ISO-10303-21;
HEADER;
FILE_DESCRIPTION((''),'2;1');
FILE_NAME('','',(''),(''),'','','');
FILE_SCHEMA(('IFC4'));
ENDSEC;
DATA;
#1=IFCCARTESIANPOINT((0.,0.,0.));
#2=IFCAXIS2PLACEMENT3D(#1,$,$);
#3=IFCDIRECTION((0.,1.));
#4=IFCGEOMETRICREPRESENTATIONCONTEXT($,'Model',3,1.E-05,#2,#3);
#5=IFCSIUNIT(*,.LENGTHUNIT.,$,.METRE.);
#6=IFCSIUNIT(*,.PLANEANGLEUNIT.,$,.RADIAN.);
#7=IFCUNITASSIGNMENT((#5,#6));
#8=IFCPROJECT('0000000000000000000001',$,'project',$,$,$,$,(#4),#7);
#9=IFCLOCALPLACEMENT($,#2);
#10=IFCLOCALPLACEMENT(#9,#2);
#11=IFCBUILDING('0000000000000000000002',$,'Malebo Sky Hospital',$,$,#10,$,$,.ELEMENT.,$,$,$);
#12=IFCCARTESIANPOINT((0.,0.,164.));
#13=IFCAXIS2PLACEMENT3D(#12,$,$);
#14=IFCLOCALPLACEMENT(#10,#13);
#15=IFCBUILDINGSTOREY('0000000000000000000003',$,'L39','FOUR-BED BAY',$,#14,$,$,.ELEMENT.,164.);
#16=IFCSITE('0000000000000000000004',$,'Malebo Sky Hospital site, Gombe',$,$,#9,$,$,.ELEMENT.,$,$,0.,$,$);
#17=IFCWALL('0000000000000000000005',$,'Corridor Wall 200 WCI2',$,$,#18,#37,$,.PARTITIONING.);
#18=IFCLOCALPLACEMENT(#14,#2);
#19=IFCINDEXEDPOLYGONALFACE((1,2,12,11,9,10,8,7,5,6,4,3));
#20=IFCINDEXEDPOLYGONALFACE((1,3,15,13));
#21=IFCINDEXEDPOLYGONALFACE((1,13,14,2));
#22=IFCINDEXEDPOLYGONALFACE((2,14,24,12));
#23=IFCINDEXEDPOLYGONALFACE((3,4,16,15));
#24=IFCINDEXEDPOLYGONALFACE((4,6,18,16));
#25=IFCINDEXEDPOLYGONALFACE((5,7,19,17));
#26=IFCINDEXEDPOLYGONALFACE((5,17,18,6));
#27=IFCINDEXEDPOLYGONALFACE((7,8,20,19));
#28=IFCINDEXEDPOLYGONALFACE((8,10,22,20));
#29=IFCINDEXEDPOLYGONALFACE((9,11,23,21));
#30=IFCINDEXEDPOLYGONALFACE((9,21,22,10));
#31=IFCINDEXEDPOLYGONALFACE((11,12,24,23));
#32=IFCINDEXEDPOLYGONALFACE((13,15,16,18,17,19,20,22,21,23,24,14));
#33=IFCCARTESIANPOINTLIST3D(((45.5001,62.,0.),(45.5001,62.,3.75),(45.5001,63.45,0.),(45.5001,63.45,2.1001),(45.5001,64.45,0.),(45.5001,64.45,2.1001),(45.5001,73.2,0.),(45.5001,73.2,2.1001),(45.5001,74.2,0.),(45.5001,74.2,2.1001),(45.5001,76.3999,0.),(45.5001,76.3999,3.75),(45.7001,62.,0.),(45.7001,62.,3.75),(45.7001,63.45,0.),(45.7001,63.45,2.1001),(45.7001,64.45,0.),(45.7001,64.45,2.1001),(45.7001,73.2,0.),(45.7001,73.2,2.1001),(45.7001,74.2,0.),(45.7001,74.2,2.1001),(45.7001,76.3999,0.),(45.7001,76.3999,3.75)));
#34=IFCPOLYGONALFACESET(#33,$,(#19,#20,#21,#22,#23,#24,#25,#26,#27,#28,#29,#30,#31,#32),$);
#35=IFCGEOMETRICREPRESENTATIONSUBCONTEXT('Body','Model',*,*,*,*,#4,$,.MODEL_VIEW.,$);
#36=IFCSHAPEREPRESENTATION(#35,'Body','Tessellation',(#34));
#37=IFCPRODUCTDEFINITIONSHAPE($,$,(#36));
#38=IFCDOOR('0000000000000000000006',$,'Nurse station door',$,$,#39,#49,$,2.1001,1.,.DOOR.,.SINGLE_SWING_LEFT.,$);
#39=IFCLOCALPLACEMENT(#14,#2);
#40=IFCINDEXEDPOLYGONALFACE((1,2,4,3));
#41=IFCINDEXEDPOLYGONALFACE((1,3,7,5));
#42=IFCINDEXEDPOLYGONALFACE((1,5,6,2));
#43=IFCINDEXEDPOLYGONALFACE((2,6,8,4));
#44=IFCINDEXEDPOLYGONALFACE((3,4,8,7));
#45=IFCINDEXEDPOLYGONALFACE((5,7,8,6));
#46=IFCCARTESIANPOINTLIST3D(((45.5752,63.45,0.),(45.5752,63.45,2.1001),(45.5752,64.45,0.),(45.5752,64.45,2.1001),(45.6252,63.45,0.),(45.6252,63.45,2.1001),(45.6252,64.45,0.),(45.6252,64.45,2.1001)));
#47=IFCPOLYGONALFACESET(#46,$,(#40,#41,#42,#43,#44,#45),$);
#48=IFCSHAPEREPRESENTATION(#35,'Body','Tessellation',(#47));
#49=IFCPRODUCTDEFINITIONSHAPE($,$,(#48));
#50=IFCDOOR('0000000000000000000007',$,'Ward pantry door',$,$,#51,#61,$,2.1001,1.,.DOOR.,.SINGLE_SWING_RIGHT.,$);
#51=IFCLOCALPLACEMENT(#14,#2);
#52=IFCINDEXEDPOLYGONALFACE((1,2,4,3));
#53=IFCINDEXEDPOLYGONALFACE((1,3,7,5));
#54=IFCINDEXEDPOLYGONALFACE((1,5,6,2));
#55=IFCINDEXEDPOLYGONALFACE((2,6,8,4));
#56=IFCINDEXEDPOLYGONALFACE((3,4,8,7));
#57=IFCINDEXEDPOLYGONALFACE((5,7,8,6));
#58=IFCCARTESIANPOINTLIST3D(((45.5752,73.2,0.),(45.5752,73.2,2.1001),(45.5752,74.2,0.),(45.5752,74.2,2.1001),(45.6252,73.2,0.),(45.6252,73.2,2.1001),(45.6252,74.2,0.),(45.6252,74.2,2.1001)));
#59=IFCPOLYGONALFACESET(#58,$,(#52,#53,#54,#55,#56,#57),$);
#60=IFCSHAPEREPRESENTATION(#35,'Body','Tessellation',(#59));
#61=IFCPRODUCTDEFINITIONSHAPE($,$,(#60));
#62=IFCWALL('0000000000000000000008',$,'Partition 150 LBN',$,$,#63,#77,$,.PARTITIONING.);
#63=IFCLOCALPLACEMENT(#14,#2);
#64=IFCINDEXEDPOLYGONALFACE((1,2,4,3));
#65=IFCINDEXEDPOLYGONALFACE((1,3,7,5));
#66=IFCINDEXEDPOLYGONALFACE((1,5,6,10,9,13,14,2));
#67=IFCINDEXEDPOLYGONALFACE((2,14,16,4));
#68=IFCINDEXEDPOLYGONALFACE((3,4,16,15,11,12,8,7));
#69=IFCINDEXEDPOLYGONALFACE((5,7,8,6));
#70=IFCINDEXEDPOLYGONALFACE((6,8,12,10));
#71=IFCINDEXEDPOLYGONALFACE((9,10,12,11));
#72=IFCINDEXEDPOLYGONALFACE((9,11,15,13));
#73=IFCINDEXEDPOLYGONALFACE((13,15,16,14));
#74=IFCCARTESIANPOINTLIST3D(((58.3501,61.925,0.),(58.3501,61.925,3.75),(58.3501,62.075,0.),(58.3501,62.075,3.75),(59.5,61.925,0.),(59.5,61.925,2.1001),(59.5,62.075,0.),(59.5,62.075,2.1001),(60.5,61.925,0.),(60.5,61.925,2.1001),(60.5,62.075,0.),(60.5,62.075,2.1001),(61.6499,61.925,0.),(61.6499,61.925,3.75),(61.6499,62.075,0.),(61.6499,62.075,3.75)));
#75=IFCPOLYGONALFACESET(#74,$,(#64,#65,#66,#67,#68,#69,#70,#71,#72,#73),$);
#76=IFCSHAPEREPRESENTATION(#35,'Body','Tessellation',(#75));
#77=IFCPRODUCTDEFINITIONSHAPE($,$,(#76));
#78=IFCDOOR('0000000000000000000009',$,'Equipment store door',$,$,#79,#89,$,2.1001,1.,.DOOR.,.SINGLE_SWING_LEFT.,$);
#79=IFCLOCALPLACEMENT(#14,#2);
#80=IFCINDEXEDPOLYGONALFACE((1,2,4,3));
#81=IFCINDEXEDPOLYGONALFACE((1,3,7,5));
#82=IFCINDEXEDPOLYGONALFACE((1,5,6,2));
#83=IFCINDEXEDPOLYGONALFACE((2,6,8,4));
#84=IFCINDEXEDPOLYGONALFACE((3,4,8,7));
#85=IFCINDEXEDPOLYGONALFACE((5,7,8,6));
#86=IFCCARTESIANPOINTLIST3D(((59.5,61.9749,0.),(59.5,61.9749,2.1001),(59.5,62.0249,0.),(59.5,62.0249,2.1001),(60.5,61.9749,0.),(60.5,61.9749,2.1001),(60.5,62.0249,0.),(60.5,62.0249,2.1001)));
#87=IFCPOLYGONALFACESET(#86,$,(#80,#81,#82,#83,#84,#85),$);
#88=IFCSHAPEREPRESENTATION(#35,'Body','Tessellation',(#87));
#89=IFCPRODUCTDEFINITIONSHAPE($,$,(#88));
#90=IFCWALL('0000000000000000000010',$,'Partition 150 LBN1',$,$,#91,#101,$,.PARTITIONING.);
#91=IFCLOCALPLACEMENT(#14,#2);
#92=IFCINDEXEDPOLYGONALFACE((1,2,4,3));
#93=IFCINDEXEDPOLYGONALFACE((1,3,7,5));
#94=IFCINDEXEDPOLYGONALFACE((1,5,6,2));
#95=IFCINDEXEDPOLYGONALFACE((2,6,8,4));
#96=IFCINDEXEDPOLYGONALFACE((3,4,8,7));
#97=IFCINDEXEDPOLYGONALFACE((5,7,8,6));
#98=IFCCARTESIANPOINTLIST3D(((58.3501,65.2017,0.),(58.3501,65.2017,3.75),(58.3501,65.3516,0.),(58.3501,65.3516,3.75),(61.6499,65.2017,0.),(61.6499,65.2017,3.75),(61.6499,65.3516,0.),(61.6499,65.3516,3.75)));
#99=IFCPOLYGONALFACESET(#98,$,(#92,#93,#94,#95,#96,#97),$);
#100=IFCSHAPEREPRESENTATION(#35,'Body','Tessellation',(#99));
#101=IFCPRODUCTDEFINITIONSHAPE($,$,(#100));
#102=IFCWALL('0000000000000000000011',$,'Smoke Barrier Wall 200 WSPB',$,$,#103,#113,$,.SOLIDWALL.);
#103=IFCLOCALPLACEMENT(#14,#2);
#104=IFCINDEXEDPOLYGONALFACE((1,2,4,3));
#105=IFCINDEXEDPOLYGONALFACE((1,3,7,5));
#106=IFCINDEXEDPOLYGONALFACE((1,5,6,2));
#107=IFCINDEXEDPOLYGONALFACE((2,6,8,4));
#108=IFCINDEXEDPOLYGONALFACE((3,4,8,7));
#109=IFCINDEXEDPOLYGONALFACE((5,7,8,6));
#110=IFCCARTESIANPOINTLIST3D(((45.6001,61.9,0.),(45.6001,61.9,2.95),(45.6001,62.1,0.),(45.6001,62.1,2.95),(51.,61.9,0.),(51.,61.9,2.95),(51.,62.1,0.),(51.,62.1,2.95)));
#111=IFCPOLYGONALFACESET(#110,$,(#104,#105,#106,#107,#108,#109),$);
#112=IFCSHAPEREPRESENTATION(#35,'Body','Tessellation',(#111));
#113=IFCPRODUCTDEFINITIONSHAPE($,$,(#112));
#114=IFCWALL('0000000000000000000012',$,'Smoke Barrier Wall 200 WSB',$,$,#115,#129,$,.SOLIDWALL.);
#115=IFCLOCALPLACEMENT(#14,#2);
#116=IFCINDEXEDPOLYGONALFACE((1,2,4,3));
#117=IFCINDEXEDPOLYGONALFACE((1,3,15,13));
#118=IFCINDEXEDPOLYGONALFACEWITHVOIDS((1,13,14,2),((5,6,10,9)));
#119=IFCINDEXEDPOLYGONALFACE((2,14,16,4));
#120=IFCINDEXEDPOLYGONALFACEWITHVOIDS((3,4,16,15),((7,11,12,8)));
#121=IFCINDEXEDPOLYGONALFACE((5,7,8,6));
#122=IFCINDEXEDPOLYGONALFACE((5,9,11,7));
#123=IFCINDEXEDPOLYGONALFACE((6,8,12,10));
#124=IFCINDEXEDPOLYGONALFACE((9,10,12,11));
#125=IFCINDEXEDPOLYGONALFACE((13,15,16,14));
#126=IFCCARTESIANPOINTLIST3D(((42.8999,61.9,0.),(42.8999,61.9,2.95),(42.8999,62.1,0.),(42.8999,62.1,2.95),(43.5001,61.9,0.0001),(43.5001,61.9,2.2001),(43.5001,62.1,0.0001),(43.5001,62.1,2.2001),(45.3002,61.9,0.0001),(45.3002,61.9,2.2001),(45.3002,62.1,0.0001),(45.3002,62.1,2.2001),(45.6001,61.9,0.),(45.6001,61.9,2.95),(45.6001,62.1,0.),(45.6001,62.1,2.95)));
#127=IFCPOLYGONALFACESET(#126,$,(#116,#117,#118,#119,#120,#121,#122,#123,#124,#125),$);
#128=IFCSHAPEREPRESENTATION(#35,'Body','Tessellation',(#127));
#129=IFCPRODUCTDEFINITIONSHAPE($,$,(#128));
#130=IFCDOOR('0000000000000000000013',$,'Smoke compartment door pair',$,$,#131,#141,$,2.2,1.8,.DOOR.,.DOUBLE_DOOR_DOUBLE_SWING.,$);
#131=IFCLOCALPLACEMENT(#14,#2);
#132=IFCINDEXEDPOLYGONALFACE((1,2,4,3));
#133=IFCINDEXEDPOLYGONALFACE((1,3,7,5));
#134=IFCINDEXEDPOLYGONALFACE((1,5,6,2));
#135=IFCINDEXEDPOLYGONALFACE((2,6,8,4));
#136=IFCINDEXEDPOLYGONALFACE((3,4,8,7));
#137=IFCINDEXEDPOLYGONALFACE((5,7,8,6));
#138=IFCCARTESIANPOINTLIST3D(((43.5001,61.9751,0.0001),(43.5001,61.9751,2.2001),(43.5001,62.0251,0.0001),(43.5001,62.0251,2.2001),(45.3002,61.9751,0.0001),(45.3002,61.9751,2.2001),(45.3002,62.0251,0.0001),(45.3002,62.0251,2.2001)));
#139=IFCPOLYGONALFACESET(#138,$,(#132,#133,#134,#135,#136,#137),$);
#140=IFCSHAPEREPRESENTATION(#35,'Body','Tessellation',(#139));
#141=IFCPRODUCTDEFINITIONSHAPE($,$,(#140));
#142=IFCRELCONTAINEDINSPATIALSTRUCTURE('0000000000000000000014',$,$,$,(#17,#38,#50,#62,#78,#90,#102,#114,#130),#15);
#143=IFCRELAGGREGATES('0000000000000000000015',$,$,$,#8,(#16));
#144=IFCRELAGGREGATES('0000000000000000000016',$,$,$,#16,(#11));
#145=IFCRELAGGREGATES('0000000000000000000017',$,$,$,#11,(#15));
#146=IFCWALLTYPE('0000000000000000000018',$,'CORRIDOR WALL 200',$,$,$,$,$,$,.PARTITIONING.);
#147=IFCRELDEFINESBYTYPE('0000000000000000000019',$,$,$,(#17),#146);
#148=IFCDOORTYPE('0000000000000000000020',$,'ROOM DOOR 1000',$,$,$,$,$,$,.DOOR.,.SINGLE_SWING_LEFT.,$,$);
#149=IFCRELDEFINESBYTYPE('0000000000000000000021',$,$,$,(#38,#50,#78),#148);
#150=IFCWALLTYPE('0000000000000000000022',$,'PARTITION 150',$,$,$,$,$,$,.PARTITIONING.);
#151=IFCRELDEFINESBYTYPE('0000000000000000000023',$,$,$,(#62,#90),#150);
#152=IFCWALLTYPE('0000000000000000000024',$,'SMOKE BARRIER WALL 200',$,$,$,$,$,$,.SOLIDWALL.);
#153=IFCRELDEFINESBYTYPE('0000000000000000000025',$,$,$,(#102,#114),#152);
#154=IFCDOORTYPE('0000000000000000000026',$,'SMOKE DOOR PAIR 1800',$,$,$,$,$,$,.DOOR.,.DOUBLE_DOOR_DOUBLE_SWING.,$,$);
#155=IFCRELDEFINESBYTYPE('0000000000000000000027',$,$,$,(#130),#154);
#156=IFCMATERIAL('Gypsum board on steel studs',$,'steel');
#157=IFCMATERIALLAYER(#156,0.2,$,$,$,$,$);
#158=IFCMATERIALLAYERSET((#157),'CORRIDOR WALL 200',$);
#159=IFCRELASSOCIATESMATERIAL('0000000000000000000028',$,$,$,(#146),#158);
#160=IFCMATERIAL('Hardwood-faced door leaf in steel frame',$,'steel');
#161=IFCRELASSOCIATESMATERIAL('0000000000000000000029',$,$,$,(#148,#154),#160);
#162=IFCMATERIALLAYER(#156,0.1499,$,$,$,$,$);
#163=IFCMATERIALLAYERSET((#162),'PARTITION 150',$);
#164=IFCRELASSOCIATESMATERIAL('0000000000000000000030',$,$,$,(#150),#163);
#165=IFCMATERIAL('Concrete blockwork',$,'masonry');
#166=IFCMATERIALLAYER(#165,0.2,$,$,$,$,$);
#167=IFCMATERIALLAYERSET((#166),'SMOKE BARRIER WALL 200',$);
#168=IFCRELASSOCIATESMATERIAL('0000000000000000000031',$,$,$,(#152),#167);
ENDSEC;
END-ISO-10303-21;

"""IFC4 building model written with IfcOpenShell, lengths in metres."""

from ifc_helpers import new_model, si_unit, direction, frame, frame_2d, origin, place, context, subcontext, project, spatial, rectangle, extrude, material, layer, layer_set, type_object, element, fill, save


model = new_model("IFC4")

# Units and contexts
model_context = context("Model", 3, precision=1e-05, world=origin(), true_north=direction((0.0, 1.0)))
body_context = subcontext(model_context, "Body", "Model", "MODEL_VIEW")
ifc_project = project(units=[si_unit("LENGTHUNIT", "METRE"), si_unit("PLANEANGLEUNIT", "RADIAN")], contexts=[model_context])

# Site, building, storey
site_placement = place(None, origin())
site = spatial("IfcSite", under=ifc_project, at=site_placement, Name="Malebo Sky Hospital site, Gombe", CompositionType="ELEMENT", RefElevation=0.0)
building_placement = place(site_placement, origin())
building = spatial("IfcBuilding", under=site, at=building_placement, Name="Malebo Sky Hospital", CompositionType="ELEMENT")
storey_placement = place(building_placement, frame((0.0, 0.0, 164.0)))
storey = spatial("IfcBuildingStorey", under=building, at=storey_placement, Name="L39", Description="FOUR-BED BAY", CompositionType="ELEMENT", Elevation=164.0)

# Shared definitions
ifc_material_1 = material(Name="Hardwood-faced door leaf in steel frame", Category="steel")

# Wall, openings, doors
ifc_material_2 = material(Name="Gypsum board on steel studs", Category="steel")
ifc_layer_1 = layer(ifc_material_2, 0.2)
ifc_layer_set_1 = layer_set([ifc_layer_1], Name="CORRIDOR WALL 200")
wall_type_1 = type_object("IfcWallType", Name="CORRIDOR WALL 200", PredefinedType="PARTITIONING", material=ifc_layer_set_1)
wall_1_placement = place(storey_placement, frame((45.6001, 62.0, 0.0), z_axis=(0.0, 0.0, 1.0), x_axis=(0.0, 1.0, 0.0)))
wall_1 = element("IfcWall", 1, at=wall_1_placement, inside=storey, type_object=wall_type_1, Name="Corridor Wall 200 WCI2", PredefinedType="PARTITIONING", context=body_context, shape_type="SweptSolid", body=[
    extrude(rectangle(XDim=14.3999, YDim=0.2, at=frame_2d((7.2, 0.0))), origin(), (0.0, 0.0, 1.0), 3.75),
])
opening_1_placement = place(wall_1_placement, frame((1.45, 0.0, 0.0)))
opening_1 = element("IfcOpeningElement", 2, at=opening_1_placement, cuts=wall_1, PredefinedType="OPENING", context=body_context, shape_type="SweptSolid", body=[
    extrude(rectangle(XDim=1.0, YDim=2.1001, at=frame_2d((0.5, 1.05))), frame((0.0, 0.1099, 0.0), z_axis=(0.0, -1.0, 0.0), x_axis=(1.0, 0.0, 0.0)), (0.0, 0.0, 1.0), 0.22),
])
opening_2_placement = place(wall_1_placement, frame((11.2, 0.0, 0.0)))
opening_2 = element("IfcOpeningElement", 3, at=opening_2_placement, cuts=wall_1, PredefinedType="OPENING", context=body_context, shape_type="SweptSolid", body=[
    extrude(rectangle(XDim=1.0, YDim=2.1001, at=frame_2d((0.5, 1.05))), frame((0.0, 0.1099, 0.0), z_axis=(0.0, -1.0, 0.0), x_axis=(1.0, 0.0, 0.0)), (0.0, 0.0, 1.0), 0.22),
])
door_type_1 = type_object("IfcDoorType", Name="ROOM DOOR 1000", OperationType="SINGLE_SWING_LEFT", PredefinedType="DOOR", material=ifc_material_1)
door_1_placement = place(opening_1_placement, origin())
door_1 = element("IfcDoor", 4, at=door_1_placement, inside=storey, type_object=door_type_1, Name="Nurse station door", OperationType="SINGLE_SWING_LEFT", OverallHeight=2.1001, OverallWidth=1.0, PredefinedType="DOOR", context=body_context, shape_type="SweptSolid", body=[
    extrude(rectangle(XDim=1.0, YDim=2.1001, at=frame_2d((0.5, 1.05))), frame((0.0, 0.0249, 0.0), z_axis=(0.0, -1.0, 0.0), x_axis=(1.0, 0.0, 0.0)), (0.0, 0.0, 1.0), 0.05),
])
fill(opening_1, door_1)
door_2_placement = place(opening_2_placement, origin())
door_2 = element("IfcDoor", 5, at=door_2_placement, inside=storey, type_object=door_type_1, Name="Ward pantry door", OperationType="SINGLE_SWING_RIGHT", OverallHeight=2.1001, OverallWidth=1.0, PredefinedType="DOOR", context=body_context, shape_type="SweptSolid", body=[
    extrude(rectangle(XDim=1.0, YDim=2.1001, at=frame_2d((0.5, 1.05))), frame((0.0, 0.0249, 0.0), z_axis=(0.0, -1.0, 0.0), x_axis=(1.0, 0.0, 0.0)), (0.0, 0.0, 1.0), 0.05),
])
fill(opening_2, door_2)

# Wall, opening, door
ifc_layer_2 = layer(ifc_material_2, 0.1499)
ifc_layer_set_2 = layer_set([ifc_layer_2], Name="PARTITION 150")
wall_type_2 = type_object("IfcWallType", Name="PARTITION 150", PredefinedType="PARTITIONING", material=ifc_layer_set_2)
wall_2_placement = place(storey_placement, frame((58.3501, 62.0, 0.0), z_axis=(0.0, 0.0, 1.0), x_axis=(1.0, 0.0, 0.0)))
wall_2 = element("IfcWall", 6, at=wall_2_placement, inside=storey, type_object=wall_type_2, Name="Partition 150 LBN", PredefinedType="PARTITIONING", context=body_context, shape_type="SweptSolid", body=[
    extrude(rectangle(XDim=3.2998, YDim=0.1499, at=frame_2d((1.6499, 0.0))), origin(), (0.0, 0.0, 1.0), 3.75),
])
opening_3_placement = place(wall_2_placement, frame((1.1499, 0.0, 0.0)))
opening_3 = element("IfcOpeningElement", 7, at=opening_3_placement, cuts=wall_2, PredefinedType="OPENING", context=body_context, shape_type="SweptSolid", body=[
    extrude(rectangle(XDim=1.0, YDim=2.1001, at=frame_2d((0.5, 1.05))), frame((0.0, 0.085, 0.0), z_axis=(0.0, -1.0, 0.0), x_axis=(1.0, 0.0, 0.0)), (0.0, 0.0, 1.0), 0.1699),
])
door_3_placement = place(opening_3_placement, origin())
door_3 = element("IfcDoor", 8, at=door_3_placement, inside=storey, type_object=door_type_1, Name="Equipment store door", OperationType="SINGLE_SWING_LEFT", OverallHeight=2.1001, OverallWidth=1.0, PredefinedType="DOOR", context=body_context, shape_type="SweptSolid", body=[
    extrude(rectangle(XDim=1.0, YDim=2.1001, at=frame_2d((0.5, 1.05))), frame((0.0, 0.0249, 0.0), z_axis=(0.0, -1.0, 0.0), x_axis=(1.0, 0.0, 0.0)), (0.0, 0.0, 1.0), 0.05),
])
fill(opening_3, door_3)

# Walls
wall_3_placement = place(storey_placement, frame((58.3501, 65.2766, 0.0), z_axis=(0.0, 0.0, 1.0), x_axis=(1.0, 0.0, 0.0)))
element("IfcWall", 9, at=wall_3_placement, inside=storey, type_object=wall_type_2, Name="Partition 150 LBN1", PredefinedType="PARTITIONING", context=body_context, shape_type="SweptSolid", body=[
    extrude(rectangle(XDim=3.2998, YDim=0.1499, at=frame_2d((1.6499, 0.0))), origin(), (0.0, 0.0, 1.0), 3.75),
])
ifc_material_3 = material(Name="Concrete blockwork", Category="masonry")
ifc_layer_3 = layer(ifc_material_3, 0.2)
ifc_layer_set_3 = layer_set([ifc_layer_3], Name="SMOKE BARRIER WALL 200")
wall_type_3 = type_object("IfcWallType", Name="SMOKE BARRIER WALL 200", PredefinedType="SOLIDWALL", material=ifc_layer_set_3)
wall_4_placement = place(storey_placement, frame((51.0, 62.0, 0.0), z_axis=(0.0, 0.0, 1.0), x_axis=(-1.0, 0.0, 0.0)))
element("IfcWall", 10, at=wall_4_placement, inside=storey, type_object=wall_type_3, Name="Smoke Barrier Wall 200 WSPB", PredefinedType="SOLIDWALL", context=body_context, shape_type="SweptSolid", body=[
    extrude(rectangle(XDim=5.3999, YDim=0.2, at=frame_2d((2.7, 0.0))), origin(), (0.0, 0.0, 1.0), 2.95),
])

# Wall, opening, door
wall_5_placement = place(storey_placement, frame((45.6001, 62.0, 0.0), z_axis=(0.0, 0.0, 1.0), x_axis=(-1.0, 0.0, 0.0)))
wall_5 = element("IfcWall", 11, at=wall_5_placement, inside=storey, type_object=wall_type_3, Name="Smoke Barrier Wall 200 WSB", PredefinedType="SOLIDWALL", context=body_context, shape_type="SweptSolid", body=[
    extrude(rectangle(XDim=2.7002, YDim=0.2, at=frame_2d((1.3501, 0.0))), origin(), (0.0, 0.0, 1.0), 2.95),
])
opening_4_placement = place(wall_5_placement, frame((0.3, 0.0, 0.0)))
opening_4 = element("IfcOpeningElement", 12, at=opening_4_placement, cuts=wall_5, PredefinedType="OPENING", context=body_context, shape_type="SweptSolid", body=[
    extrude(rectangle(XDim=1.8, YDim=2.2, at=frame_2d((0.8999, 1.1001))), frame((0.0, 0.1099, 0.0), z_axis=(0.0, -1.0, 0.0), x_axis=(1.0, 0.0, 0.0)), (0.0, 0.0, 1.0), 0.22),
])
door_type_2 = type_object("IfcDoorType", Name="SMOKE DOOR PAIR 1800", OperationType="DOUBLE_DOOR_DOUBLE_SWING", PredefinedType="DOOR", material=ifc_material_1)
door_4_placement = place(opening_4_placement, origin())
door_4 = element("IfcDoor", 13, at=door_4_placement, inside=storey, type_object=door_type_2, Name="Smoke compartment door pair", OperationType="DOUBLE_DOOR_DOUBLE_SWING", OverallHeight=2.2, OverallWidth=1.8, PredefinedType="DOOR", context=body_context, shape_type="SweptSolid", body=[
    extrude(rectangle(XDim=1.8, YDim=2.2, at=frame_2d((0.8999, 1.1001))), frame((0.0, 0.0249, 0.0), z_axis=(0.0, -1.0, 0.0), x_axis=(1.0, 0.0, 0.0)), (0.0, 0.0, 1.0), 0.05),
])
fill(opening_4, door_4)

save(model, "model.ifc")
